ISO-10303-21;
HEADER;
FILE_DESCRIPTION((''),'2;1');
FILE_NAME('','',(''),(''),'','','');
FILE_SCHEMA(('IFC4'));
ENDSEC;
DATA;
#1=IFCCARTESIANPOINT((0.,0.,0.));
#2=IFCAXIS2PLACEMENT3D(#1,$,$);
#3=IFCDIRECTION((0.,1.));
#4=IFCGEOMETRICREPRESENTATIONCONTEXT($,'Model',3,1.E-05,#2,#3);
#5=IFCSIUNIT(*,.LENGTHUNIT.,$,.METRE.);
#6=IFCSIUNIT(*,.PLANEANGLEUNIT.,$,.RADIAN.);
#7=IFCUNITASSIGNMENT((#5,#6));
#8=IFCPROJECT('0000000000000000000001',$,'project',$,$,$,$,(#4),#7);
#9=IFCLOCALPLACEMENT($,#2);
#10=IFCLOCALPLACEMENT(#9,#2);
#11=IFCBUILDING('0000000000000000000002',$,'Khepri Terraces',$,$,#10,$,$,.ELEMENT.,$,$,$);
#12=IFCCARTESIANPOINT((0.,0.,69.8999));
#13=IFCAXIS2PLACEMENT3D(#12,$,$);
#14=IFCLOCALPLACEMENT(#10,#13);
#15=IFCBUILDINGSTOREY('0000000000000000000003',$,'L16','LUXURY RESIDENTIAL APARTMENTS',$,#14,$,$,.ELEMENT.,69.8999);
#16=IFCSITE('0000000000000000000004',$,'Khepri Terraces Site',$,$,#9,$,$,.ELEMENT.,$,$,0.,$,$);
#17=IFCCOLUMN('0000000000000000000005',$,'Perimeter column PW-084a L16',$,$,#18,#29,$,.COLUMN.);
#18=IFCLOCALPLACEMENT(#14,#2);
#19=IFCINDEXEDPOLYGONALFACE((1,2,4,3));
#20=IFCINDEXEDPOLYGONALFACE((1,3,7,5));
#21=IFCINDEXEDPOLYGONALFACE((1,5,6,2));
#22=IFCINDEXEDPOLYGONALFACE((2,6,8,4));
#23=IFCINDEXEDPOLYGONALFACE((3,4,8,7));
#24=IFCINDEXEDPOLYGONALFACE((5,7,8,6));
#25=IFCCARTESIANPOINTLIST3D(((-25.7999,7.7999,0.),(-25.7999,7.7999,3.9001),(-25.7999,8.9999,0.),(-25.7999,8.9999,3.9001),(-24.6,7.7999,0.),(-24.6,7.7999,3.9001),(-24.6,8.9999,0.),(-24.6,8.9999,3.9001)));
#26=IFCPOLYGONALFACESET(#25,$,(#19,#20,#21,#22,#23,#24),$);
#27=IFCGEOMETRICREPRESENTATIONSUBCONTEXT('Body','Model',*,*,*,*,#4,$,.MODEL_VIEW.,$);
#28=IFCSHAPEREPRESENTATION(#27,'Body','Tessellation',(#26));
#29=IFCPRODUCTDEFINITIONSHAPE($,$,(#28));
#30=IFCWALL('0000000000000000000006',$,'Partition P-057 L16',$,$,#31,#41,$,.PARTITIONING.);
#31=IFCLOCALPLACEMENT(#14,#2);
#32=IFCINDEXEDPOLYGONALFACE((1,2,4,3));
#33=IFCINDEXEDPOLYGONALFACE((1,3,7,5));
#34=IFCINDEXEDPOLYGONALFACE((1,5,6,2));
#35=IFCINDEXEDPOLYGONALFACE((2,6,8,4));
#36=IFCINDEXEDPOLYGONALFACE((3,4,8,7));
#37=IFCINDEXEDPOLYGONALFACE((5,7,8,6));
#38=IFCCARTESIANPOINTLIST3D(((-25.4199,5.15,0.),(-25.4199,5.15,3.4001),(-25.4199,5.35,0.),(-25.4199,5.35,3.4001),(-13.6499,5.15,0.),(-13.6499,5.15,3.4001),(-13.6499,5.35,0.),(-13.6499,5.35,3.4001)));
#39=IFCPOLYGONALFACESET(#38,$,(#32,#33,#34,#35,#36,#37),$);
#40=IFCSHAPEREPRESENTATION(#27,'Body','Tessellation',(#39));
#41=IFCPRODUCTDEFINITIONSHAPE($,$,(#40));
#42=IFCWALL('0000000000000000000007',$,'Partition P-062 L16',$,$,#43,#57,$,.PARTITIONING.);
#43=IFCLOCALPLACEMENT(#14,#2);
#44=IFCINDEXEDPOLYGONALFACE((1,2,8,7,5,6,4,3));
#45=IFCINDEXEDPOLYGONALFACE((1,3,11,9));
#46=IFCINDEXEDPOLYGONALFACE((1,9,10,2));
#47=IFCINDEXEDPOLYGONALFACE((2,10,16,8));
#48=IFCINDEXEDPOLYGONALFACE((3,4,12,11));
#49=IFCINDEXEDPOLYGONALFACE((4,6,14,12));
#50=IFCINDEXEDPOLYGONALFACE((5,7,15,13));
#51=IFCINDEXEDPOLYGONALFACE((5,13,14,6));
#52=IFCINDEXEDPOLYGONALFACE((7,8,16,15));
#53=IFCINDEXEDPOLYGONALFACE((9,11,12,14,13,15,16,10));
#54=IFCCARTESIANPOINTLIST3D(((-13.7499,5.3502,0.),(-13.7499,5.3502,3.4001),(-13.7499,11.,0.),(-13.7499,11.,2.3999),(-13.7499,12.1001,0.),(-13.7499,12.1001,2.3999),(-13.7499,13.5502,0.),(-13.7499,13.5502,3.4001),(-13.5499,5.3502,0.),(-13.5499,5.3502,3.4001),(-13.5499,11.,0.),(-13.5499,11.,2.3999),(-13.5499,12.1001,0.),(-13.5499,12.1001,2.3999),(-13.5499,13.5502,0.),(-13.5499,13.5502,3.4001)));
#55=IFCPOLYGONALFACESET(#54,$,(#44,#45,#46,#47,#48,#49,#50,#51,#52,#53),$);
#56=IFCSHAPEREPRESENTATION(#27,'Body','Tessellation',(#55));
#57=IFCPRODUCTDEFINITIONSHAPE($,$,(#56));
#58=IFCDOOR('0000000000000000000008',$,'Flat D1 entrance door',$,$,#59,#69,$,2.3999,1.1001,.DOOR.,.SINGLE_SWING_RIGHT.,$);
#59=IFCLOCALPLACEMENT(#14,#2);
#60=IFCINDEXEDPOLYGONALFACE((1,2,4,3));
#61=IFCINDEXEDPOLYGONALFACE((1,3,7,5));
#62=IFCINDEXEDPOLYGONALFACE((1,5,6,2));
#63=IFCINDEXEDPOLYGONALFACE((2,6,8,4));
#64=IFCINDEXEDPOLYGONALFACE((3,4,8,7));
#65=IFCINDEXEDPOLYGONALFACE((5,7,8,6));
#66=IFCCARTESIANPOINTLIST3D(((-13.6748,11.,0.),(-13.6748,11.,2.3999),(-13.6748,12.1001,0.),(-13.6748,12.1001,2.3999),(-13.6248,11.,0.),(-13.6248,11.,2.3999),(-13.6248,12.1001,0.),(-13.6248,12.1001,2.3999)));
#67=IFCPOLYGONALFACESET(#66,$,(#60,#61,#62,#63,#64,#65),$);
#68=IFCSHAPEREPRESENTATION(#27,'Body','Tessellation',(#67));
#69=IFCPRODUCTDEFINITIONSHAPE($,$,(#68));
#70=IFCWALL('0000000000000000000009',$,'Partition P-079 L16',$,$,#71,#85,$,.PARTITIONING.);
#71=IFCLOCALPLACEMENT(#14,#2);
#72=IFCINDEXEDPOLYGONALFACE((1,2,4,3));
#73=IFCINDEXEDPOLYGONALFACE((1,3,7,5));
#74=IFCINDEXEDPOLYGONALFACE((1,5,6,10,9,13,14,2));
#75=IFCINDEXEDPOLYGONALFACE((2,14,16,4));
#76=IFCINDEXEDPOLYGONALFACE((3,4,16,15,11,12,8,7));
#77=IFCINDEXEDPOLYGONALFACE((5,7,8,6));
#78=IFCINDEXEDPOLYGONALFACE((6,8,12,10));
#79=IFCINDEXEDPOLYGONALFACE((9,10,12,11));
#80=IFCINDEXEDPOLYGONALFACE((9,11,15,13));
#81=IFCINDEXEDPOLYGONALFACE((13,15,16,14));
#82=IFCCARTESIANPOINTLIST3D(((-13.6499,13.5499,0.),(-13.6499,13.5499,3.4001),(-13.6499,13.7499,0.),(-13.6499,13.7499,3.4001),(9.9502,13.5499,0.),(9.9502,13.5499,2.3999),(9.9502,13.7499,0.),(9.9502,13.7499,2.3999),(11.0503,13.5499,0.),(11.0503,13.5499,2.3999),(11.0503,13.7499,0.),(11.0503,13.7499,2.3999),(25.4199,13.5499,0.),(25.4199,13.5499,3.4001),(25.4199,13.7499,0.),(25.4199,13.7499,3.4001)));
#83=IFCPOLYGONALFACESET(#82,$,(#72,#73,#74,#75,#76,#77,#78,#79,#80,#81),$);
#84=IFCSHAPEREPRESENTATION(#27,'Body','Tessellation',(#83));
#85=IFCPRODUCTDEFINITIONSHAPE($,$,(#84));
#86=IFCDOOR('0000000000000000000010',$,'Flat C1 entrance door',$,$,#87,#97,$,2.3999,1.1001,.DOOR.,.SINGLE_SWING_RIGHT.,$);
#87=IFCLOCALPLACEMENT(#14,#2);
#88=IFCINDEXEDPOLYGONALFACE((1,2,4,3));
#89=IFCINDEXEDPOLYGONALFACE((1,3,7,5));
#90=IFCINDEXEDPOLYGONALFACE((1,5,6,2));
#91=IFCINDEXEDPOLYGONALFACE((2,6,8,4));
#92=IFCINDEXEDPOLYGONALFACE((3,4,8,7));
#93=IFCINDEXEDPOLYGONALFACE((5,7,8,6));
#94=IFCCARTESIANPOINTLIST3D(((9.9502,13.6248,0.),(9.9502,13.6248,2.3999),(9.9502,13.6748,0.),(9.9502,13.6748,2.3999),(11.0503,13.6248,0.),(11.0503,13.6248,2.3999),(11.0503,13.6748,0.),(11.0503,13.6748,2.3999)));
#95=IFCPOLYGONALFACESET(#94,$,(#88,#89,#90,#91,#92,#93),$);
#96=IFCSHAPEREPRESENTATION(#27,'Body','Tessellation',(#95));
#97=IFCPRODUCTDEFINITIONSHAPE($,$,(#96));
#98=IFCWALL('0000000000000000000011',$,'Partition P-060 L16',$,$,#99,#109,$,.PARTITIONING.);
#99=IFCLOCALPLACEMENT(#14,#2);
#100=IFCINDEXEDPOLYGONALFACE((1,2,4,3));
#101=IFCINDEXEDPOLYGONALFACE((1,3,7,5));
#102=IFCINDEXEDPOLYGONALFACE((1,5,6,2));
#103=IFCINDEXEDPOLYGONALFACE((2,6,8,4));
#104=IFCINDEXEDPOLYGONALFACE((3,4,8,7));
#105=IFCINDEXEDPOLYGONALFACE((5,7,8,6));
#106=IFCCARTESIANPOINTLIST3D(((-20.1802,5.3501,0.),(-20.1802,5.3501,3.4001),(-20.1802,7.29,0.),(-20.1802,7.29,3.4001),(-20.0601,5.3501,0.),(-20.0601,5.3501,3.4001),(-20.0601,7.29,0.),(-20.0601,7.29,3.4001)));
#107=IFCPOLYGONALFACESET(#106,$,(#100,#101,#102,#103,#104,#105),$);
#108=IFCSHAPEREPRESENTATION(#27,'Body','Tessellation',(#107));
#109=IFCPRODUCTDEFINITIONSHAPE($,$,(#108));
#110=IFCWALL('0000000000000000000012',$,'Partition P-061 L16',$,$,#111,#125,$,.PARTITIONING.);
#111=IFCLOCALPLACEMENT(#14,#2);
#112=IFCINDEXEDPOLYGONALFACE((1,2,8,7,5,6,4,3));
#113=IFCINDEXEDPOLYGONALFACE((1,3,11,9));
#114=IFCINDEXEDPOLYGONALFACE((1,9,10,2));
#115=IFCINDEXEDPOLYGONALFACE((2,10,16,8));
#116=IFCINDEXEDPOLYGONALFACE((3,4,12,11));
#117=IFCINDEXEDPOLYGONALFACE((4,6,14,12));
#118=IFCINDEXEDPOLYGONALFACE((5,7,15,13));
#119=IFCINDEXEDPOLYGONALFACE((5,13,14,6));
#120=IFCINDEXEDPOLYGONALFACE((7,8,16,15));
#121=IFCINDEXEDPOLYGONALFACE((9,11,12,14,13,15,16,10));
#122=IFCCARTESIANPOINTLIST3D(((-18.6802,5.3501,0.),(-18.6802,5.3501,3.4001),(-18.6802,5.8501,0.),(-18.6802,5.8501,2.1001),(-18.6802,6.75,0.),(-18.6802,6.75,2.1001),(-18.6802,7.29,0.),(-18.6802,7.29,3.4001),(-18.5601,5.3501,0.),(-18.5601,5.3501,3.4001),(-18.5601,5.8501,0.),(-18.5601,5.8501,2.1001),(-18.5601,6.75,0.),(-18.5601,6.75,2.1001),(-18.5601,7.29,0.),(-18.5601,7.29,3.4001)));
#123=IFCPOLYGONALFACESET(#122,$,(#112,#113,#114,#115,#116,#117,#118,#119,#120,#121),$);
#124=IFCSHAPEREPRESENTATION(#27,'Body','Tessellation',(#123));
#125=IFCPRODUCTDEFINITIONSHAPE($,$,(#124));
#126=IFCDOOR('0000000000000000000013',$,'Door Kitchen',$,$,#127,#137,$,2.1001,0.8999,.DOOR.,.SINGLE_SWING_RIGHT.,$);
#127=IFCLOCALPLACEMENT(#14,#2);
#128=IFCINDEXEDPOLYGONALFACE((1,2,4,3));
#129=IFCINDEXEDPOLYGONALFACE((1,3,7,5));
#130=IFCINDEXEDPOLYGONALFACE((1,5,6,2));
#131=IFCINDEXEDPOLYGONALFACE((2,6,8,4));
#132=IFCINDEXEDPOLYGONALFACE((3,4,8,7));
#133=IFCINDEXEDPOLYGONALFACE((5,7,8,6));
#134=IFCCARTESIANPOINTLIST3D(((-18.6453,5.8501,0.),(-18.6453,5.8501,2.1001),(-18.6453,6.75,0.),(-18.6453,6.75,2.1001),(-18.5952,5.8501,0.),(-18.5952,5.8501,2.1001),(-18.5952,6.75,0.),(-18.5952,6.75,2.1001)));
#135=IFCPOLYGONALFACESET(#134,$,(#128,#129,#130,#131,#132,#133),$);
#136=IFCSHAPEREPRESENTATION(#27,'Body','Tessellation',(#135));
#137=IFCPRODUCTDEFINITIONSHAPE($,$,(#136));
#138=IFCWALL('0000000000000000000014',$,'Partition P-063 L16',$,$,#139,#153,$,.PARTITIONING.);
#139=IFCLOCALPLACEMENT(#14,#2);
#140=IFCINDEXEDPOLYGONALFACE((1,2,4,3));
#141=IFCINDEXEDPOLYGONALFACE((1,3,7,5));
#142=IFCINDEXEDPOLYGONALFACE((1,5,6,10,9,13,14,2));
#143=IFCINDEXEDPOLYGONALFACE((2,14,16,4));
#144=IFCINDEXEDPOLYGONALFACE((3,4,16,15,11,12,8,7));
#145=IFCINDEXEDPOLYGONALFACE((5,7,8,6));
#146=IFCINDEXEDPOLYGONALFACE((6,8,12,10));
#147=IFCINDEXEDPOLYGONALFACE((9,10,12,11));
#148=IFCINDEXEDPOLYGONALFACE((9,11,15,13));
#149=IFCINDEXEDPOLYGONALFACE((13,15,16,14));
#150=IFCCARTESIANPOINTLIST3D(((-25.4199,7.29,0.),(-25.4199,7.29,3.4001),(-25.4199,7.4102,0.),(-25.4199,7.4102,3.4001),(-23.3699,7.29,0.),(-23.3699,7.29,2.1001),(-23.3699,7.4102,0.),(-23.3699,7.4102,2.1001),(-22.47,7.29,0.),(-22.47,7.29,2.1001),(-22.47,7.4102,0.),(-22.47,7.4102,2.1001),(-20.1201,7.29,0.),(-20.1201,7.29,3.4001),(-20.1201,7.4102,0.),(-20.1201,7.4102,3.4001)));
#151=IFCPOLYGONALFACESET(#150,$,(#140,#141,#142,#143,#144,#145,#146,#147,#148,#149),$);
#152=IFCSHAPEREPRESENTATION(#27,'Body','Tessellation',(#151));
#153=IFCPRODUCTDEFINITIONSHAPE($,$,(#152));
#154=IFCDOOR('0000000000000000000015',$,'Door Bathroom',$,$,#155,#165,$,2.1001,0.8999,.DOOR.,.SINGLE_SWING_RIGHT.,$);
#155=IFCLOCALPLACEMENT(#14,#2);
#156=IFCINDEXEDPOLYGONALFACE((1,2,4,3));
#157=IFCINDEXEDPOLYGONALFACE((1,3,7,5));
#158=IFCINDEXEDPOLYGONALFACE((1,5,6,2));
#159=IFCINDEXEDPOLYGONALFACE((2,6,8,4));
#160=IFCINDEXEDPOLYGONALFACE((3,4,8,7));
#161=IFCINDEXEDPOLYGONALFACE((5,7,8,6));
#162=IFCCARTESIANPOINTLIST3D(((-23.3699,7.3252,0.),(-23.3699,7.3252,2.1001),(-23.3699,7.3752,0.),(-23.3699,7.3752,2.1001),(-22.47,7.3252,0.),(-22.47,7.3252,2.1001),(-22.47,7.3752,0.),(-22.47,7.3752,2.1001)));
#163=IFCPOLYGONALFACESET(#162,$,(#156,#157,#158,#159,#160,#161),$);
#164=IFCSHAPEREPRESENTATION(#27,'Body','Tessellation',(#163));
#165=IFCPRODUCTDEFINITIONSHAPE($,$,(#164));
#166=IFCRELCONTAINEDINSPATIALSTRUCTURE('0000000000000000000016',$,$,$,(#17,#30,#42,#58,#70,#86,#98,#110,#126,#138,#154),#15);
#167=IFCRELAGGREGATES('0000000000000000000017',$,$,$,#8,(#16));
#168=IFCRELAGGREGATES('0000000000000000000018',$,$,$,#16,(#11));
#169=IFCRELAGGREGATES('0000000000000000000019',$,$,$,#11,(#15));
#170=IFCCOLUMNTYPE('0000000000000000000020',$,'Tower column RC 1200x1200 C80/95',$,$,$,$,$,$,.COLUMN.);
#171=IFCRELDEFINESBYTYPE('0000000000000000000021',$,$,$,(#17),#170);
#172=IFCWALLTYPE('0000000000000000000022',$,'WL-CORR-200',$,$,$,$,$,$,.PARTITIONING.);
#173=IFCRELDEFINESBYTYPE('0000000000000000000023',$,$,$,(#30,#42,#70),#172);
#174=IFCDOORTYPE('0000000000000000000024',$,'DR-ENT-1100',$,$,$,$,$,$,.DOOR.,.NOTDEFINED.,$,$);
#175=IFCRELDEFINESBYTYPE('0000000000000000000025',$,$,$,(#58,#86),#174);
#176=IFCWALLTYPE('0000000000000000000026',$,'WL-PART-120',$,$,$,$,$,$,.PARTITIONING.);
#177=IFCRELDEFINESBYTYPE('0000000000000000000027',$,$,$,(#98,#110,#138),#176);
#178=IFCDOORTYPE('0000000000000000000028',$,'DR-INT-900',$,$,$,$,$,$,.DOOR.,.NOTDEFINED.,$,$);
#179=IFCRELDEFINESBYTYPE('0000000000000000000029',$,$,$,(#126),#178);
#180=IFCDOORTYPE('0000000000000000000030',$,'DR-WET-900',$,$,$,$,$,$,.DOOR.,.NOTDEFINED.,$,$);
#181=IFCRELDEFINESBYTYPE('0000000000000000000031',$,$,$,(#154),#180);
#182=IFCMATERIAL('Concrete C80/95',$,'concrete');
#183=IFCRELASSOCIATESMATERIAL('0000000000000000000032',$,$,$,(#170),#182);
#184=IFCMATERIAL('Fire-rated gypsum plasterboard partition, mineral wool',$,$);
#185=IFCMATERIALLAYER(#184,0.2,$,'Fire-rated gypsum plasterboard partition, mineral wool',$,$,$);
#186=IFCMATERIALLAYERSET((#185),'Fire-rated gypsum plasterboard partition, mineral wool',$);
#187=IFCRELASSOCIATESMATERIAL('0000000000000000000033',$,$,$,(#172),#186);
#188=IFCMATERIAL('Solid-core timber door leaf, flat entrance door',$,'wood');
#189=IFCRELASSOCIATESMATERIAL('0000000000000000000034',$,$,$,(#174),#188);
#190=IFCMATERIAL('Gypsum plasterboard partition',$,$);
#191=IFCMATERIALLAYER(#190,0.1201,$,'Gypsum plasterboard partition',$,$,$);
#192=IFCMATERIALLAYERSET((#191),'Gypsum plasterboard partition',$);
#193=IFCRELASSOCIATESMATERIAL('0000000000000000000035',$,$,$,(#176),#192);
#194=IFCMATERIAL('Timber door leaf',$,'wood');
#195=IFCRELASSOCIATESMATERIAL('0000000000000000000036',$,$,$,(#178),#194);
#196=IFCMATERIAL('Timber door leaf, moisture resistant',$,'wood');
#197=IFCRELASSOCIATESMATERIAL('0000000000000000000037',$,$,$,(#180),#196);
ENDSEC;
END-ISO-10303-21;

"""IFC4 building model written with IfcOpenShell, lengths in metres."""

from ifc_helpers import new_model, si_unit, direction, frame, frame_2d, origin, origin_2d, place, context, subcontext, project, spatial, rectangle, extrude, material, layer, layer_set, material_profile, profile_set, type_object, element, fill, save


model = new_model("IFC4")

# Units and contexts
model_context = context("Model", 3, precision=1e-05, world=origin(), true_north=direction((0.0, 1.0)))
body_context = subcontext(model_context, "Body", "Model", "MODEL_VIEW")
ifc_project = project(units=[si_unit("LENGTHUNIT", "METRE"), si_unit("PLANEANGLEUNIT", "RADIAN")], contexts=[model_context])

# Site, building, storey
site_placement = place(None, origin())
site = spatial("IfcSite", under=ifc_project, at=site_placement, Name="Khepri Terraces Site", CompositionType="ELEMENT", RefElevation=0.0)
building_placement = place(site_placement, origin())
building = spatial("IfcBuilding", under=site, at=building_placement, Name="Khepri Terraces", CompositionType="ELEMENT")
storey_placement = place(building_placement, frame((0.0, 0.0, 69.8999)))
storey = spatial("IfcBuildingStorey", under=building, at=storey_placement, Name="L16", Description="LUXURY RESIDENTIAL APARTMENTS", CompositionType="ELEMENT", Elevation=69.8999)

# Column
ifc_material_1 = material(Name="Concrete C80/95", Category="concrete")
ifc_material_profile = material_profile(ifc_material_1, rectangle(XDim=1.2, YDim=1.2, at=origin_2d()), Name="Concrete C80/95", Category="concrete")
ifc_profile_set = profile_set([ifc_material_profile], Name="Concrete C80/95")
column_type = type_object("IfcColumnType", Name="Tower column RC 1200x1200 C80/95", PredefinedType="COLUMN", material=ifc_profile_set)
column_placement = place(storey_placement, frame((-25.2, 8.3999, 0.0), z_axis=(0.0, 0.0, 1.0), x_axis=(1.0, 0.0, 0.0)))
element("IfcColumn", 1, at=column_placement, inside=storey, type_object=column_type, Name="Perimeter column PW-084a L16", PredefinedType="COLUMN", context=body_context, shape_type="SweptSolid", body=[
    extrude(rectangle(XDim=1.2, YDim=1.2, at=origin_2d()), origin(), (0.0, 0.0, 1.0), 3.9001),
])

# Wall
ifc_material_2 = material(Name="Fire-rated gypsum plasterboard partition, mineral wool")
ifc_layer_1 = layer(ifc_material_2, 0.2, Name="Fire-rated gypsum plasterboard partition, mineral wool")
ifc_layer_set_1 = layer_set([ifc_layer_1], Name="Fire-rated gypsum plasterboard partition, mineral wool")
wall_type_1 = type_object("IfcWallType", Name="WL-CORR-200", PredefinedType="PARTITIONING", material=ifc_layer_set_1)
wall_1_placement = place(storey_placement, frame((-25.4199, 5.25, 0.0), z_axis=(0.0, 0.0, 1.0), x_axis=(1.0, 0.0, 0.0)))
element("IfcWall", 2, at=wall_1_placement, inside=storey, type_object=wall_type_1, Name="Partition P-057 L16", PredefinedType="PARTITIONING", context=body_context, shape_type="SweptSolid", body=[
    extrude(rectangle(XDim=11.77, YDim=0.2, at=frame_2d((5.885, 0.0))), origin(), (0.0, 0.0, 1.0), 3.4001),
])

# Walls, openings, doors
wall_2_placement = place(storey_placement, frame((-13.6499, 5.3501, 0.0), z_axis=(0.0, 0.0, 1.0), x_axis=(0.0, 1.0, 0.0)))
wall_2 = element("IfcWall", 3, at=wall_2_placement, inside=storey, type_object=wall_type_1, Name="Partition P-062 L16", PredefinedType="PARTITIONING", context=body_context, shape_type="SweptSolid", body=[
    extrude(rectangle(XDim=8.2, YDim=0.2, at=frame_2d((4.1001, 0.0))), origin(), (0.0, 0.0, 1.0), 3.4001),
])
opening_1_placement = place(wall_2_placement, frame((5.6499, 0.0, 0.0)))
opening_1 = element("IfcOpeningElement", 4, at=opening_1_placement, cuts=wall_2, PredefinedType="OPENING", context=body_context, shape_type="SweptSolid", body=[
    extrude(rectangle(XDim=1.1001, YDim=2.3999, at=frame_2d((0.55, 1.2))), frame((0.0, 0.1099, 0.0), z_axis=(0.0, -1.0, 0.0), x_axis=(1.0, 0.0, 0.0)), (0.0, 0.0, 1.0), 0.22),
])
ifc_material_3 = material(Name="Solid-core timber door leaf, flat entrance door", Category="wood")
door_type_1 = type_object("IfcDoorType", Name="DR-ENT-1100", OperationType="NOTDEFINED", PredefinedType="DOOR", material=ifc_material_3)
door_1_placement = place(opening_1_placement, origin())
door_1 = element("IfcDoor", 5, at=door_1_placement, inside=storey, type_object=door_type_1, Name="Flat D1 entrance door", OperationType="SINGLE_SWING_RIGHT", OverallHeight=2.3999, OverallWidth=1.1001, PredefinedType="DOOR", context=body_context, shape_type="SweptSolid", body=[
    extrude(rectangle(XDim=1.1001, YDim=2.3999, at=frame_2d((0.55, 1.2))), frame((0.0, 0.0249, 0.0), z_axis=(0.0, -1.0, 0.0), x_axis=(1.0, 0.0, 0.0)), (0.0, 0.0, 1.0), 0.05),
])
fill(opening_1, door_1)
wall_3_placement = place(storey_placement, frame((-13.6499, 13.6499, 0.0), z_axis=(0.0, 0.0, 1.0), x_axis=(1.0, 0.0, 0.0)))
wall_3 = element("IfcWall", 6, at=wall_3_placement, inside=storey, type_object=wall_type_1, Name="Partition P-079 L16", PredefinedType="PARTITIONING", context=body_context, shape_type="SweptSolid", body=[
    extrude(rectangle(XDim=39.0698, YDim=0.2, at=frame_2d((19.5349, 0.0))), origin(), (0.0, 0.0, 1.0), 3.4001),
])
opening_2_placement = place(wall_3_placement, frame((23.6001, 0.0, 0.0)))
opening_2 = element("IfcOpeningElement", 7, at=opening_2_placement, cuts=wall_3, PredefinedType="OPENING", context=body_context, shape_type="SweptSolid", body=[
    extrude(rectangle(XDim=1.1001, YDim=2.3999, at=frame_2d((0.55, 1.2))), frame((0.0, 0.1099, 0.0), z_axis=(0.0, -1.0, 0.0), x_axis=(1.0, 0.0, 0.0)), (0.0, 0.0, 1.0), 0.22),
])
door_2_placement = place(opening_2_placement, origin())
door_2 = element("IfcDoor", 8, at=door_2_placement, inside=storey, type_object=door_type_1, Name="Flat C1 entrance door", OperationType="SINGLE_SWING_RIGHT", OverallHeight=2.3999, OverallWidth=1.1001, PredefinedType="DOOR", context=body_context, shape_type="SweptSolid", body=[
    extrude(rectangle(XDim=1.1001, YDim=2.3999, at=frame_2d((0.55, 1.2))), frame((0.0, 0.0249, 0.0), z_axis=(0.0, -1.0, 0.0), x_axis=(1.0, 0.0, 0.0)), (0.0, 0.0, 1.0), 0.05),
])
fill(opening_2, door_2)

# Wall
ifc_material_4 = material(Name="Gypsum plasterboard partition")
ifc_layer_2 = layer(ifc_material_4, 0.1201, Name="Gypsum plasterboard partition")
ifc_layer_set_2 = layer_set([ifc_layer_2], Name="Gypsum plasterboard partition")
wall_type_2 = type_object("IfcWallType", Name="WL-PART-120", PredefinedType="PARTITIONING", material=ifc_layer_set_2)
wall_4_placement = place(storey_placement, frame((-20.1201, 5.3501, 0.0), z_axis=(0.0, 0.0, 1.0), x_axis=(0.0, 1.0, 0.0)))
element("IfcWall", 9, at=wall_4_placement, inside=storey, type_object=wall_type_2, Name="Partition P-060 L16", PredefinedType="PARTITIONING", context=body_context, shape_type="SweptSolid", body=[
    extrude(rectangle(XDim=1.9399, YDim=0.1201, at=frame_2d((0.97, 0.0))), origin(), (0.0, 0.0, 1.0), 3.4001),
])

# Walls, openings, doors
wall_5_placement = place(storey_placement, frame((-18.6201, 5.3501, 0.0), z_axis=(0.0, 0.0, 1.0), x_axis=(0.0, 1.0, 0.0)))
wall_5 = element("IfcWall", 10, at=wall_5_placement, inside=storey, type_object=wall_type_2, Name="Partition P-061 L16", PredefinedType="PARTITIONING", context=body_context, shape_type="SweptSolid", body=[
    extrude(rectangle(XDim=1.9399, YDim=0.1201, at=frame_2d((0.97, 0.0))), origin(), (0.0, 0.0, 1.0), 3.4001),
])
opening_3_placement = place(wall_5_placement, frame((0.5, 0.0, 0.0)))
opening_3 = element("IfcOpeningElement", 11, at=opening_3_placement, cuts=wall_5, PredefinedType="OPENING", context=body_context, shape_type="SweptSolid", body=[
    extrude(rectangle(XDim=0.8999, YDim=2.1001, at=frame_2d((0.45, 1.05))), frame((0.0, 0.0701, 0.0), z_axis=(0.0, -1.0, 0.0), x_axis=(1.0, 0.0, 0.0)), (0.0, 0.0, 1.0), 0.1401),
])
ifc_material_5 = material(Name="Timber door leaf", Category="wood")
door_type_2 = type_object("IfcDoorType", Name="DR-INT-900", OperationType="NOTDEFINED", PredefinedType="DOOR", material=ifc_material_5)
door_3_placement = place(opening_3_placement, frame((0.8999, 0.0, 0.0), z_axis=(0.0, 0.0, 1.0), x_axis=(-1.0, 0.0, 0.0)))
door_3 = element("IfcDoor", 12, at=door_3_placement, inside=storey, type_object=door_type_2, Name="Door Kitchen", OperationType="SINGLE_SWING_RIGHT", OverallHeight=2.1001, OverallWidth=0.8999, PredefinedType="DOOR", context=body_context, shape_type="SweptSolid", body=[
    extrude(rectangle(XDim=0.8999, YDim=2.1001, at=frame_2d((0.45, 1.05))), frame((0.0, 0.0249, 0.0), z_axis=(0.0, -1.0, 0.0), x_axis=(1.0, 0.0, 0.0)), (0.0, 0.0, 1.0), 0.05),
])
fill(opening_3, door_3)
wall_6_placement = place(storey_placement, frame((-25.4199, 7.3501, 0.0), z_axis=(0.0, 0.0, 1.0), x_axis=(1.0, 0.0, 0.0)))
wall_6 = element("IfcWall", 13, at=wall_6_placement, inside=storey, type_object=wall_type_2, Name="Partition P-063 L16", PredefinedType="PARTITIONING", context=body_context, shape_type="SweptSolid", body=[
    extrude(rectangle(XDim=5.2998, YDim=0.1201, at=frame_2d((2.6499, 0.0))), origin(), (0.0, 0.0, 1.0), 3.4001),
])
opening_4_placement = place(wall_6_placement, frame((2.05, 0.0, 0.0)))
opening_4 = element("IfcOpeningElement", 14, at=opening_4_placement, cuts=wall_6, PredefinedType="OPENING", context=body_context, shape_type="SweptSolid", body=[
    extrude(rectangle(XDim=0.8999, YDim=2.1001, at=frame_2d((0.45, 1.05))), frame((0.0, 0.0701, 0.0), z_axis=(0.0, -1.0, 0.0), x_axis=(1.0, 0.0, 0.0)), (0.0, 0.0, 1.0), 0.1401),
])
ifc_material_6 = material(Name="Timber door leaf, moisture resistant", Category="wood")
door_type_3 = type_object("IfcDoorType", Name="DR-WET-900", OperationType="NOTDEFINED", PredefinedType="DOOR", material=ifc_material_6)
door_4_placement = place(opening_4_placement, frame((0.8999, 0.0, 0.0), z_axis=(0.0, 0.0, 1.0), x_axis=(-1.0, 0.0, 0.0)))
door_4 = element("IfcDoor", 15, at=door_4_placement, inside=storey, type_object=door_type_3, Name="Door Bathroom", OperationType="SINGLE_SWING_RIGHT", OverallHeight=2.1001, OverallWidth=0.8999, PredefinedType="DOOR", context=body_context, shape_type="SweptSolid", body=[
    extrude(rectangle(XDim=0.8999, YDim=2.1001, at=frame_2d((0.45, 1.05))), frame((0.0, 0.0249, 0.0), z_axis=(0.0, -1.0, 0.0), x_axis=(1.0, 0.0, 0.0)), (0.0, 0.0, 1.0), 0.05),
])
fill(opening_4, door_4)

save(model, "model.ifc")
